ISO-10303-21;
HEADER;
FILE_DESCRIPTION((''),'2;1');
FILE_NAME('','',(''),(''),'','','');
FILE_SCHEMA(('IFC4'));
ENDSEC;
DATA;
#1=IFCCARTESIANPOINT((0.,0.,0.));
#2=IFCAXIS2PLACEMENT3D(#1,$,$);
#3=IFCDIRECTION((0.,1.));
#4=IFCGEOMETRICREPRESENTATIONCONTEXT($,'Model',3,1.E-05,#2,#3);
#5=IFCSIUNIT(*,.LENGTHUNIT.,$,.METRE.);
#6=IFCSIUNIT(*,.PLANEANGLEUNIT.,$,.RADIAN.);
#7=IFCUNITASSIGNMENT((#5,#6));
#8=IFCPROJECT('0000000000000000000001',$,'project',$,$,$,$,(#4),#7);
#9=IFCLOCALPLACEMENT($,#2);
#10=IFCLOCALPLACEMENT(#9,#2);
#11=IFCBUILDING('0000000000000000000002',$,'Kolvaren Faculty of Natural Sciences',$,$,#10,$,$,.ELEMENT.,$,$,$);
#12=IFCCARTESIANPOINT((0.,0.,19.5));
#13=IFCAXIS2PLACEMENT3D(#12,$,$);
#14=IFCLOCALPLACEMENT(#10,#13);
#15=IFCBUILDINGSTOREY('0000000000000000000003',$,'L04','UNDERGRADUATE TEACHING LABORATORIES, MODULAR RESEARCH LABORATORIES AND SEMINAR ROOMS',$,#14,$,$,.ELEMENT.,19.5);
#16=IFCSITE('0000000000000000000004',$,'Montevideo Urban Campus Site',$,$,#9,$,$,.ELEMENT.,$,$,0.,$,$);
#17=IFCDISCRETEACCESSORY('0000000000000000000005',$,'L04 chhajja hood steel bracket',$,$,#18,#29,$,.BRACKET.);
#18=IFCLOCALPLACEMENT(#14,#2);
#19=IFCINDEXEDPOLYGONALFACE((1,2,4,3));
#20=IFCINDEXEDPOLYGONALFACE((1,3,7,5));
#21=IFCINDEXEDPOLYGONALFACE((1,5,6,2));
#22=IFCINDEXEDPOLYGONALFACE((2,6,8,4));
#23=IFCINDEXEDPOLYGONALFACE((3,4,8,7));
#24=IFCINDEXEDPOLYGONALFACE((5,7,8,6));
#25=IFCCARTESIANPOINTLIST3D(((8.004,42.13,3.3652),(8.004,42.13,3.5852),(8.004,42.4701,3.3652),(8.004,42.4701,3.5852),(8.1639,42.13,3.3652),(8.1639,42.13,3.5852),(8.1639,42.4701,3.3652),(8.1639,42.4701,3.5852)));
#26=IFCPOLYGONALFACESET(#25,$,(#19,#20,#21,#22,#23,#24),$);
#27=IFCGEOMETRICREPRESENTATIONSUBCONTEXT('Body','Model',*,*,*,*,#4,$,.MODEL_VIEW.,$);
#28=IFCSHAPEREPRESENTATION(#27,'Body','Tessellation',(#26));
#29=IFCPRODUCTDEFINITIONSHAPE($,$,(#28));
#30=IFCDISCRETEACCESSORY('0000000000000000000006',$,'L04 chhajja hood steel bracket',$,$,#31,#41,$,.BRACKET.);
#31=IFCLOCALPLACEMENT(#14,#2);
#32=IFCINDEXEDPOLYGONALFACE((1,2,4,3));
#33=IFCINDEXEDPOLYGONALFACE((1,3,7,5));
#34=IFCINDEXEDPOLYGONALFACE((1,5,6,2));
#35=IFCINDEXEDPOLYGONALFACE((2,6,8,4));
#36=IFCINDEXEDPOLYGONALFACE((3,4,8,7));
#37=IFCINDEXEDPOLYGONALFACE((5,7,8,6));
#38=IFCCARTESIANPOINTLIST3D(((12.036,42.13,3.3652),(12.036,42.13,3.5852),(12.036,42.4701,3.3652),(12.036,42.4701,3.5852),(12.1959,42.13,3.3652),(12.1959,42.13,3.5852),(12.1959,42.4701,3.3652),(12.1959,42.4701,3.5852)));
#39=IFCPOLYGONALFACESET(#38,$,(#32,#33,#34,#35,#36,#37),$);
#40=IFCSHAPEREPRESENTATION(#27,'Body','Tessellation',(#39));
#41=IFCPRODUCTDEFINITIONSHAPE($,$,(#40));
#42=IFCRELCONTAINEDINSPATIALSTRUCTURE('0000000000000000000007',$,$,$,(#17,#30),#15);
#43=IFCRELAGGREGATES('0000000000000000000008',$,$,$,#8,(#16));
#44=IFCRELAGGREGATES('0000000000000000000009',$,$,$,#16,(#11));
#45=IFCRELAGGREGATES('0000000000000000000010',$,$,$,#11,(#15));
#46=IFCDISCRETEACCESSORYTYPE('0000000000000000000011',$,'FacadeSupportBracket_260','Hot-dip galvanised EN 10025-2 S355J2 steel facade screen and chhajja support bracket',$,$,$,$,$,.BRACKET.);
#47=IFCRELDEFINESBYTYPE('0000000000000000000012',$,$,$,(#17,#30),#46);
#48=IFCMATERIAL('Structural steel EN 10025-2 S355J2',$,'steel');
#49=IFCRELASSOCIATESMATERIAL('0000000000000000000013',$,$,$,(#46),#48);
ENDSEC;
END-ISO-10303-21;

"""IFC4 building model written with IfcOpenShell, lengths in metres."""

from ifc_helpers import new_model, si_unit, direction, frame, origin, origin_2d, place, context, subcontext, project, spatial, rectangle, extrude, material, type_object, element, save


model = new_model("IFC4")

# Units and contexts
model_context = context("Model", 3, precision=1e-05, world=origin(), true_north=direction((0.0, 1.0)))
body_context = subcontext(model_context, "Body", "Model", "MODEL_VIEW")
ifc_project = project(units=[si_unit("LENGTHUNIT", "METRE"), si_unit("PLANEANGLEUNIT", "RADIAN")], contexts=[model_context])

# Site, building, storey
site_placement = place(None, origin())
site = spatial("IfcSite", under=ifc_project, at=site_placement, Name="Montevideo Urban Campus Site", CompositionType="ELEMENT", RefElevation=0.0)
building_placement = place(site_placement, origin())
building = spatial("IfcBuilding", under=site, at=building_placement, Name="Kolvaren Faculty of Natural Sciences", CompositionType="ELEMENT")
storey_placement = place(building_placement, frame((0.0, 0.0, 19.5)))
storey = spatial("IfcBuildingStorey", under=building, at=storey_placement, Name="L04", Description="UNDERGRADUATE TEACHING LABORATORIES, MODULAR RESEARCH LABORATORIES AND SEMINAR ROOMS", CompositionType="ELEMENT", Elevation=19.5)

# Discrete accessories
ifc_material_1 = material(Name="Structural steel EN 10025-2 S355J2", Category="steel")
discrete_accessory_type = type_object("IfcDiscreteAccessoryType", Name="FacadeSupportBracket_260", Description="Hot-dip galvanised EN 10025-2 S355J2 steel facade screen and chhajja support bracket", PredefinedType="BRACKET", material=ifc_material_1)
for number, where, z_axis, x_axis, name in (
    (1, (8.084, 42.3, 3.3652), (0.0, 0.0, 1.0), (1.0, 0.0, 0.0), "L04 chhajja hood steel bracket"),
    (2, (12.116, 42.3, 3.3652), (0.0, 0.0, 1.0), (1.0, 0.0, 0.0), "L04 chhajja hood steel bracket"),
):
    element("IfcDiscreteAccessory", number, at=place(storey_placement, frame(where, z_axis=z_axis, x_axis=x_axis)), inside=storey, type_object=discrete_accessory_type, Name=name, PredefinedType="BRACKET", context=body_context, shape_type="SweptSolid", body=[
        extrude(rectangle(XDim=0.1599, YDim=0.3401, at=origin_2d()), origin(), (0.0, 0.0, 1.0), 0.22),
    ])

save(model, "model.ifc")
